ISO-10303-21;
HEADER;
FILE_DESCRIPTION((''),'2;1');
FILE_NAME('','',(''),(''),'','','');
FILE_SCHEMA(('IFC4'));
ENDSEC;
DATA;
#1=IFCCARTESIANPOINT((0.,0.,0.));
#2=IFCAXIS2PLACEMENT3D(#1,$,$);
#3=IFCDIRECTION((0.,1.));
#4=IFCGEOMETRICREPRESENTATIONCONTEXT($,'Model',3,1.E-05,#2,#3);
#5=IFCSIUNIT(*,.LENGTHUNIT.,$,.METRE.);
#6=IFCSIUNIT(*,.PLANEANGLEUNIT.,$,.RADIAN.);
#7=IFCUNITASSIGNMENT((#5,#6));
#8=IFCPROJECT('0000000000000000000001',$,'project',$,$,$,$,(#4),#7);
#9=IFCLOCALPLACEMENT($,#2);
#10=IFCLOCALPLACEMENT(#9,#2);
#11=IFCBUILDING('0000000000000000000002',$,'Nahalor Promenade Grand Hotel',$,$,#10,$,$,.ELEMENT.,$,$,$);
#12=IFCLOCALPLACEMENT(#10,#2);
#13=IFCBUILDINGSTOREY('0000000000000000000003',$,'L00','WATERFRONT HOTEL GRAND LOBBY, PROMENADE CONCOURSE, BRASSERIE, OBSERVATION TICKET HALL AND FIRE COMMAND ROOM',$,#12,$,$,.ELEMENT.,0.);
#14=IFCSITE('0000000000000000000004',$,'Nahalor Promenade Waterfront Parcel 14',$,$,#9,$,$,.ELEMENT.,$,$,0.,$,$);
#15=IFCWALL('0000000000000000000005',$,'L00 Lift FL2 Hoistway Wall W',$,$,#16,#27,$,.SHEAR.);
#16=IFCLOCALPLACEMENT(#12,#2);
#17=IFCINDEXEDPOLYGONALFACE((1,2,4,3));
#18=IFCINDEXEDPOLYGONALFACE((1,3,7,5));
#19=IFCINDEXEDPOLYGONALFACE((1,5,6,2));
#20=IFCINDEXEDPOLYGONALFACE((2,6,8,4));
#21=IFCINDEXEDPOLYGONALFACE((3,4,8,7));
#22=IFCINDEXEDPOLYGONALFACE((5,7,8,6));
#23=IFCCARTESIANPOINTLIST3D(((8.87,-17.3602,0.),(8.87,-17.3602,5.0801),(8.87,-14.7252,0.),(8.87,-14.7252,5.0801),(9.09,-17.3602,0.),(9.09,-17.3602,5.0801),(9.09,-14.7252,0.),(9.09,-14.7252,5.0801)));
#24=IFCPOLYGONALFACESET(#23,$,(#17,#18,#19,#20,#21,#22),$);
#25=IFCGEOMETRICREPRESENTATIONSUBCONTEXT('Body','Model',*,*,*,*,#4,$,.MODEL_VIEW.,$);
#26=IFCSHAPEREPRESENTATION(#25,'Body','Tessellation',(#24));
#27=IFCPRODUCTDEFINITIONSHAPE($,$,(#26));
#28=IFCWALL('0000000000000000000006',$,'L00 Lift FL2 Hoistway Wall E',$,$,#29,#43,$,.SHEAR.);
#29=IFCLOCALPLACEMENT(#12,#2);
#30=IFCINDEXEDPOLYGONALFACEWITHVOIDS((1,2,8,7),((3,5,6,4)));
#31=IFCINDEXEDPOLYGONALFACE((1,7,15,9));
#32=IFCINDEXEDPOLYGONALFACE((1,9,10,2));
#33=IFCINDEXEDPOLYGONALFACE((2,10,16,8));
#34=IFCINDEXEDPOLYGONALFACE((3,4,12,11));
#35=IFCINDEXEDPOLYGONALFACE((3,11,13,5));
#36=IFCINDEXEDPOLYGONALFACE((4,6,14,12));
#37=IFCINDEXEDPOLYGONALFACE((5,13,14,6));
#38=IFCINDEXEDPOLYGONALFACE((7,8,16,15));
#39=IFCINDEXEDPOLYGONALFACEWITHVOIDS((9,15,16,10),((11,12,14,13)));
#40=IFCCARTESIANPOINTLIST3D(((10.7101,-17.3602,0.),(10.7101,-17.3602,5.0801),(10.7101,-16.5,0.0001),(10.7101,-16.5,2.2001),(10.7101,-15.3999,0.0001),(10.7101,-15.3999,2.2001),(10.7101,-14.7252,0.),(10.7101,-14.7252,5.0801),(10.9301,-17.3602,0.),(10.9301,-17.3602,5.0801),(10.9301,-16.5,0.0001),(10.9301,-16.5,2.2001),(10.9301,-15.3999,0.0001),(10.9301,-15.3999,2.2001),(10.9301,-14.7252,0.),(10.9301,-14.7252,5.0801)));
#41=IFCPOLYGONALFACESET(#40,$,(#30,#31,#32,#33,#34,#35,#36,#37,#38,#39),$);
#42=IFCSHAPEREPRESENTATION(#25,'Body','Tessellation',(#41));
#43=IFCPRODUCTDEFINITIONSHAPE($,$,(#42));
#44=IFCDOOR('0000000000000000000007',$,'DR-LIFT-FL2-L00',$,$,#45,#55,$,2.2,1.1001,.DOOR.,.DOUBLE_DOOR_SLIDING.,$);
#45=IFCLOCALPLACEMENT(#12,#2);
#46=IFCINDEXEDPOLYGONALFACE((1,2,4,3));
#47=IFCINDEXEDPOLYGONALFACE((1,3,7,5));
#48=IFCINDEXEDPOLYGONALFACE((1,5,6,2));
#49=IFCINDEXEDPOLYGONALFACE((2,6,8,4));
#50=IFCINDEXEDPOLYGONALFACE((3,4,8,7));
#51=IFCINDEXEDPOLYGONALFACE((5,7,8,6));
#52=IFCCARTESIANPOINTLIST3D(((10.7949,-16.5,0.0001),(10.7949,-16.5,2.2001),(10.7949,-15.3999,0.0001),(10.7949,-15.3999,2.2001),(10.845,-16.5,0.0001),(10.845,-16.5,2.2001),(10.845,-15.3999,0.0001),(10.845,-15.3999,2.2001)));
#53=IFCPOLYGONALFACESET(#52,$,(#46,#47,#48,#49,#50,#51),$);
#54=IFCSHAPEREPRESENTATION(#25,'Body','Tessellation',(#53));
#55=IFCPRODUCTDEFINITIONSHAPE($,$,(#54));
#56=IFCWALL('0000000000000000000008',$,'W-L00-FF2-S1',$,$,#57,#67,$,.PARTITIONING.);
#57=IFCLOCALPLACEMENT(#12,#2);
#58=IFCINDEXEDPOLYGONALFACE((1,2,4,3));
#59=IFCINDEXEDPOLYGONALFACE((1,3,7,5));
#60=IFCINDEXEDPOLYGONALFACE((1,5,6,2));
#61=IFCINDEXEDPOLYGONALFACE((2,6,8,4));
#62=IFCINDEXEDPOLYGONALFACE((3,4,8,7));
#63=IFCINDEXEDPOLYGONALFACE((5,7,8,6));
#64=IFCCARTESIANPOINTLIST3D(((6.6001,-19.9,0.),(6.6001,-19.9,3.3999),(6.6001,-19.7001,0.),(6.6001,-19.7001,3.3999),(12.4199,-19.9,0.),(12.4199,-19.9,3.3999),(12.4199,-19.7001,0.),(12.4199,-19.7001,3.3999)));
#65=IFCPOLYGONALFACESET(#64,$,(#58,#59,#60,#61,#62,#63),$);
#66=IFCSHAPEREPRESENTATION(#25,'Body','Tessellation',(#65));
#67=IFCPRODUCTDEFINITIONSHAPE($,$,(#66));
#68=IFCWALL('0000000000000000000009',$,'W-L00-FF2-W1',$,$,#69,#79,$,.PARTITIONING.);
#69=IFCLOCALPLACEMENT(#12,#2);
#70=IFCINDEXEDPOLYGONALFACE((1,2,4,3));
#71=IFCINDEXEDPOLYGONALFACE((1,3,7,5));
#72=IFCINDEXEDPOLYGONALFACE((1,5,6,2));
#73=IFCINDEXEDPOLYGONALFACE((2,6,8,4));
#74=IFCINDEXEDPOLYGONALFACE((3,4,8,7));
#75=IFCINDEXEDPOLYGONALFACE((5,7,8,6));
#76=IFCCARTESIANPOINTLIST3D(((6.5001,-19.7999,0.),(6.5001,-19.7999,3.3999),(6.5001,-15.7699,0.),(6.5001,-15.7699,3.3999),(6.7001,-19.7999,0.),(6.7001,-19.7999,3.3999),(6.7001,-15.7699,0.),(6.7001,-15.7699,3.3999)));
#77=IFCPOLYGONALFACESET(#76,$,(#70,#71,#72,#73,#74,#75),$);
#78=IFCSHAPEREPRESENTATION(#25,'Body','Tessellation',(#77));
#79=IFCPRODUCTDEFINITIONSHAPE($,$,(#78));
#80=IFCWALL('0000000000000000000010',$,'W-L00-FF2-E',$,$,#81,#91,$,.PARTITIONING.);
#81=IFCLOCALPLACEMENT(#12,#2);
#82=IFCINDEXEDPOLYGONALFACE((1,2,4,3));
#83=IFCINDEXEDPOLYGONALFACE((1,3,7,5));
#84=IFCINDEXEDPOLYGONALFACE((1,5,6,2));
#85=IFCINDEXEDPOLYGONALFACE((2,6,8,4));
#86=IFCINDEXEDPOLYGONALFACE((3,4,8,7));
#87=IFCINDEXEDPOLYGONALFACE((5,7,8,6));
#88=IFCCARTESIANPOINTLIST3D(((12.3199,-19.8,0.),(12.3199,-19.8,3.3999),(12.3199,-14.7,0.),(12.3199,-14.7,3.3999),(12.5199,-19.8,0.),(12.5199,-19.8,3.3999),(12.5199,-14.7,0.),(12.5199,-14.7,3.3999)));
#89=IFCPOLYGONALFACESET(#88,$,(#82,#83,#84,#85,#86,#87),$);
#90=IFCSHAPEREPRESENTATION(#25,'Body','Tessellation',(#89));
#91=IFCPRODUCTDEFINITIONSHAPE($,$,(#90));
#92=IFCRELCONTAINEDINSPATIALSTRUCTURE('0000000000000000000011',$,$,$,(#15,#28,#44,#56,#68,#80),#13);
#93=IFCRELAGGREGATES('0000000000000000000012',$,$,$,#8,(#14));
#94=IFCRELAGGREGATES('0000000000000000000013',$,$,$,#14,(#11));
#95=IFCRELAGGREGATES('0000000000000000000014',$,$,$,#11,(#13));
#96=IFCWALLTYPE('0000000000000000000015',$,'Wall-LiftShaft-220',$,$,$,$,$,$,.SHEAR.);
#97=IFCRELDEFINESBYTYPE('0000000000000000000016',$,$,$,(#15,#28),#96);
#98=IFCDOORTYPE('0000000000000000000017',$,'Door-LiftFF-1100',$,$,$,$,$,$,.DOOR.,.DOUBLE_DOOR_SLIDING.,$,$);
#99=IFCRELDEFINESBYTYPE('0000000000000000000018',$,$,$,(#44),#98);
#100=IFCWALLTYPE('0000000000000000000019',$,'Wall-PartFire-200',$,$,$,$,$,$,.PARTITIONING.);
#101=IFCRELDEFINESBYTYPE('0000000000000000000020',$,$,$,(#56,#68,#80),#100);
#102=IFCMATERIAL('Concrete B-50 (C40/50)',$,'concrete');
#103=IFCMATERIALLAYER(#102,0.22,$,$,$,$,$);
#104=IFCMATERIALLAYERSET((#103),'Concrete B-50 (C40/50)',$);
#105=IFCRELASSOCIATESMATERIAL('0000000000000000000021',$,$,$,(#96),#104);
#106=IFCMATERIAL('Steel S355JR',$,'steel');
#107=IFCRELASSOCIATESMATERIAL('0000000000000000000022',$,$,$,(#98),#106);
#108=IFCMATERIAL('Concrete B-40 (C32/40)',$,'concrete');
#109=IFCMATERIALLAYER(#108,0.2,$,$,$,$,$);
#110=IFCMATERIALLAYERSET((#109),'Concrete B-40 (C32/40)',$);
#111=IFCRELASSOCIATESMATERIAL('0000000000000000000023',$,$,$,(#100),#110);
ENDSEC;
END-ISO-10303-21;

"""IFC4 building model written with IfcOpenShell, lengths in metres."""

from ifc_helpers import new_model, si_unit, direction, frame, frame_2d, origin, place, context, subcontext, project, spatial, rectangle, extrude, source, transform, mapped, material, layer, layer_set, type_object, element, fill, save


model = new_model("IFC4")

# Units and contexts
model_context = context("Model", 3, precision=1e-05, world=origin(), true_north=direction((0.0, 1.0)))
body_context = subcontext(model_context, "Body", "Model", "MODEL_VIEW")
ifc_project = project(units=[si_unit("LENGTHUNIT", "METRE"), si_unit("PLANEANGLEUNIT", "RADIAN")], contexts=[model_context])

# Site, building, storey
site_placement = place(None, origin())
site = spatial("IfcSite", under=ifc_project, at=site_placement, Name="Nahalor Promenade Waterfront Parcel 14", CompositionType="ELEMENT", RefElevation=0.0)
building_placement = place(site_placement, origin())
building = spatial("IfcBuilding", under=site, at=building_placement, Name="Nahalor Promenade Grand Hotel", CompositionType="ELEMENT")
storey_placement = place(building_placement, origin())
storey = spatial("IfcBuildingStorey", under=building, at=storey_placement, Name="L00", Description="WATERFRONT HOTEL GRAND LOBBY, PROMENADE CONCOURSE, BRASSERIE, OBSERVATION TICKET HALL AND FIRE COMMAND ROOM", CompositionType="ELEMENT", Elevation=0.0)

# Shared definitions
ifc_material_1 = material(Name="Steel S355JR", Category="steel")

# Wall
ifc_material_2 = material(Name="Concrete B-50 (C40/50)", Category="concrete")
ifc_layer_1 = layer(ifc_material_2, 0.22)
ifc_layer_set_1 = layer_set([ifc_layer_1], Name="Concrete B-50 (C40/50)")
wall_type_1 = type_object("IfcWallType", Name="Wall-LiftShaft-220", PredefinedType="SHEAR", material=ifc_layer_set_1)
shared_shape_1 = source(origin(), body_context, "Body", "SweptSolid", [
    extrude(rectangle(XDim=2.635, YDim=0.22, at=frame_2d((1.3174, 0.0))), origin(), (0.0, 0.0, 1.0), 5.0801),
])
wall_1_placement = place(storey_placement, frame((8.98, -17.3601, 0.0), z_axis=(0.0, 0.0, 1.0), x_axis=(0.0, 1.0, 0.0)))
element("IfcWall", 1, at=wall_1_placement, inside=storey, type_object=wall_type_1, Name="L00 Lift FL2 Hoistway Wall W", PredefinedType="SHEAR", context=body_context, shape_type="MappedRepresentation", body=[
    mapped(shared_shape_1, transform((0.0, 0.0, 0.0), scale=1.0)),
])

# Wall, opening, door
wall_2_placement = place(storey_placement, frame((10.8201, -17.3601, 0.0), z_axis=(0.0, 0.0, 1.0), x_axis=(0.0, 1.0, 0.0)))
wall_2 = element("IfcWall", 2, at=wall_2_placement, inside=storey, type_object=wall_type_1, Name="L00 Lift FL2 Hoistway Wall E", PredefinedType="SHEAR", context=body_context, shape_type="MappedRepresentation", body=[
    mapped(shared_shape_1, transform((0.0, 0.0, 0.0), scale=1.0)),
])
opening_placement = place(wall_2_placement, frame((0.8601, 0.0, 0.0)))
opening = element("IfcOpeningElement", 3, at=opening_placement, cuts=wall_2, PredefinedType="OPENING", context=body_context, shape_type="SweptSolid", body=[
    extrude(rectangle(XDim=1.1001, YDim=2.2, at=frame_2d((0.55, 1.1001))), frame((0.0, 0.1199, 0.0), z_axis=(0.0, -1.0, 0.0), x_axis=(1.0, 0.0, 0.0)), (0.0, 0.0, 1.0), 0.24),
])
door_type = type_object("IfcDoorType", Name="Door-LiftFF-1100", OperationType="DOUBLE_DOOR_SLIDING", PredefinedType="DOOR", material=ifc_material_1)
shared_shape_2 = source(origin(), body_context, "Body", "SweptSolid", [
    extrude(rectangle(XDim=1.1001, YDim=2.2, at=frame_2d((0.55, 1.1001))), frame((0.0, 0.0249, 0.0), z_axis=(0.0, -1.0, 0.0), x_axis=(1.0, 0.0, 0.0)), (0.0, 0.0, 1.0), 0.05),
])
door_placement = place(opening_placement, frame((1.1001, 0.0, 0.0), z_axis=(0.0, 0.0, 1.0), x_axis=(-1.0, 0.0, 0.0)))
door = element("IfcDoor", 4, at=door_placement, inside=storey, type_object=door_type, Name="DR-LIFT-FL2-L00", OperationType="DOUBLE_DOOR_SLIDING", OverallHeight=2.2, OverallWidth=1.1001, PredefinedType="DOOR", context=body_context, shape_type="MappedRepresentation", body=[
    mapped(shared_shape_2, transform((0.0, 0.0, 0.0), scale=1.0)),
])
fill(opening, door)

# Walls
ifc_material_3 = material(Name="Concrete B-40 (C32/40)", Category="concrete")
ifc_layer_2 = layer(ifc_material_3, 0.2)
ifc_layer_set_2 = layer_set([ifc_layer_2], Name="Concrete B-40 (C32/40)")
wall_type_2 = type_object("IfcWallType", Name="Wall-PartFire-200", PredefinedType="PARTITIONING", material=ifc_layer_set_2)
shared_shape_3 = source(origin(), body_context, "Body", "SweptSolid", [
    extrude(rectangle(XDim=5.8198, YDim=0.2, at=frame_2d((2.9099, 0.0))), origin(), (0.0, 0.0, 1.0), 3.3999),
])
wall_3_placement = place(storey_placement, frame((6.6001, -19.8, 0.0), z_axis=(0.0, 0.0, 1.0), x_axis=(1.0, 0.0, 0.0)))
element("IfcWall", 5, at=wall_3_placement, inside=storey, type_object=wall_type_2, Name="W-L00-FF2-S1", PredefinedType="PARTITIONING", context=body_context, shape_type="MappedRepresentation", body=[
    mapped(shared_shape_3, transform((0.0, 0.0, 0.0), scale=1.0)),
])
shared_shape_4 = source(origin(), body_context, "Body", "SweptSolid", [
    extrude(rectangle(XDim=4.03, YDim=0.2, at=frame_2d((2.0151, 0.0))), origin(), (0.0, 0.0, 1.0), 3.3999),
])
wall_4_placement = place(storey_placement, frame((6.6001, -19.8, 0.0), z_axis=(0.0, 0.0, 1.0), x_axis=(0.0, 1.0, 0.0)))
element("IfcWall", 6, at=wall_4_placement, inside=storey, type_object=wall_type_2, Name="W-L00-FF2-W1", PredefinedType="PARTITIONING", context=body_context, shape_type="MappedRepresentation", body=[
    mapped(shared_shape_4, transform((0.0, 0.0, 0.0), scale=1.0)),
])
shared_shape_5 = source(origin(), body_context, "Body", "SweptSolid", [
    extrude(rectangle(XDim=5.1001, YDim=0.2, at=frame_2d((2.55, 0.0))), origin(), (0.0, 0.0, 1.0), 3.3999),
])
wall_5_placement = place(storey_placement, frame((12.4199, -19.8, 0.0), z_axis=(0.0, 0.0, 1.0), x_axis=(0.0, 1.0, 0.0)))
element("IfcWall", 7, at=wall_5_placement, inside=storey, type_object=wall_type_2, Name="W-L00-FF2-E", PredefinedType="PARTITIONING", context=body_context, shape_type="MappedRepresentation", body=[
    mapped(shared_shape_5, transform((0.0, 0.0, 0.0), scale=1.0)),
])

save(model, "model.ifc")
